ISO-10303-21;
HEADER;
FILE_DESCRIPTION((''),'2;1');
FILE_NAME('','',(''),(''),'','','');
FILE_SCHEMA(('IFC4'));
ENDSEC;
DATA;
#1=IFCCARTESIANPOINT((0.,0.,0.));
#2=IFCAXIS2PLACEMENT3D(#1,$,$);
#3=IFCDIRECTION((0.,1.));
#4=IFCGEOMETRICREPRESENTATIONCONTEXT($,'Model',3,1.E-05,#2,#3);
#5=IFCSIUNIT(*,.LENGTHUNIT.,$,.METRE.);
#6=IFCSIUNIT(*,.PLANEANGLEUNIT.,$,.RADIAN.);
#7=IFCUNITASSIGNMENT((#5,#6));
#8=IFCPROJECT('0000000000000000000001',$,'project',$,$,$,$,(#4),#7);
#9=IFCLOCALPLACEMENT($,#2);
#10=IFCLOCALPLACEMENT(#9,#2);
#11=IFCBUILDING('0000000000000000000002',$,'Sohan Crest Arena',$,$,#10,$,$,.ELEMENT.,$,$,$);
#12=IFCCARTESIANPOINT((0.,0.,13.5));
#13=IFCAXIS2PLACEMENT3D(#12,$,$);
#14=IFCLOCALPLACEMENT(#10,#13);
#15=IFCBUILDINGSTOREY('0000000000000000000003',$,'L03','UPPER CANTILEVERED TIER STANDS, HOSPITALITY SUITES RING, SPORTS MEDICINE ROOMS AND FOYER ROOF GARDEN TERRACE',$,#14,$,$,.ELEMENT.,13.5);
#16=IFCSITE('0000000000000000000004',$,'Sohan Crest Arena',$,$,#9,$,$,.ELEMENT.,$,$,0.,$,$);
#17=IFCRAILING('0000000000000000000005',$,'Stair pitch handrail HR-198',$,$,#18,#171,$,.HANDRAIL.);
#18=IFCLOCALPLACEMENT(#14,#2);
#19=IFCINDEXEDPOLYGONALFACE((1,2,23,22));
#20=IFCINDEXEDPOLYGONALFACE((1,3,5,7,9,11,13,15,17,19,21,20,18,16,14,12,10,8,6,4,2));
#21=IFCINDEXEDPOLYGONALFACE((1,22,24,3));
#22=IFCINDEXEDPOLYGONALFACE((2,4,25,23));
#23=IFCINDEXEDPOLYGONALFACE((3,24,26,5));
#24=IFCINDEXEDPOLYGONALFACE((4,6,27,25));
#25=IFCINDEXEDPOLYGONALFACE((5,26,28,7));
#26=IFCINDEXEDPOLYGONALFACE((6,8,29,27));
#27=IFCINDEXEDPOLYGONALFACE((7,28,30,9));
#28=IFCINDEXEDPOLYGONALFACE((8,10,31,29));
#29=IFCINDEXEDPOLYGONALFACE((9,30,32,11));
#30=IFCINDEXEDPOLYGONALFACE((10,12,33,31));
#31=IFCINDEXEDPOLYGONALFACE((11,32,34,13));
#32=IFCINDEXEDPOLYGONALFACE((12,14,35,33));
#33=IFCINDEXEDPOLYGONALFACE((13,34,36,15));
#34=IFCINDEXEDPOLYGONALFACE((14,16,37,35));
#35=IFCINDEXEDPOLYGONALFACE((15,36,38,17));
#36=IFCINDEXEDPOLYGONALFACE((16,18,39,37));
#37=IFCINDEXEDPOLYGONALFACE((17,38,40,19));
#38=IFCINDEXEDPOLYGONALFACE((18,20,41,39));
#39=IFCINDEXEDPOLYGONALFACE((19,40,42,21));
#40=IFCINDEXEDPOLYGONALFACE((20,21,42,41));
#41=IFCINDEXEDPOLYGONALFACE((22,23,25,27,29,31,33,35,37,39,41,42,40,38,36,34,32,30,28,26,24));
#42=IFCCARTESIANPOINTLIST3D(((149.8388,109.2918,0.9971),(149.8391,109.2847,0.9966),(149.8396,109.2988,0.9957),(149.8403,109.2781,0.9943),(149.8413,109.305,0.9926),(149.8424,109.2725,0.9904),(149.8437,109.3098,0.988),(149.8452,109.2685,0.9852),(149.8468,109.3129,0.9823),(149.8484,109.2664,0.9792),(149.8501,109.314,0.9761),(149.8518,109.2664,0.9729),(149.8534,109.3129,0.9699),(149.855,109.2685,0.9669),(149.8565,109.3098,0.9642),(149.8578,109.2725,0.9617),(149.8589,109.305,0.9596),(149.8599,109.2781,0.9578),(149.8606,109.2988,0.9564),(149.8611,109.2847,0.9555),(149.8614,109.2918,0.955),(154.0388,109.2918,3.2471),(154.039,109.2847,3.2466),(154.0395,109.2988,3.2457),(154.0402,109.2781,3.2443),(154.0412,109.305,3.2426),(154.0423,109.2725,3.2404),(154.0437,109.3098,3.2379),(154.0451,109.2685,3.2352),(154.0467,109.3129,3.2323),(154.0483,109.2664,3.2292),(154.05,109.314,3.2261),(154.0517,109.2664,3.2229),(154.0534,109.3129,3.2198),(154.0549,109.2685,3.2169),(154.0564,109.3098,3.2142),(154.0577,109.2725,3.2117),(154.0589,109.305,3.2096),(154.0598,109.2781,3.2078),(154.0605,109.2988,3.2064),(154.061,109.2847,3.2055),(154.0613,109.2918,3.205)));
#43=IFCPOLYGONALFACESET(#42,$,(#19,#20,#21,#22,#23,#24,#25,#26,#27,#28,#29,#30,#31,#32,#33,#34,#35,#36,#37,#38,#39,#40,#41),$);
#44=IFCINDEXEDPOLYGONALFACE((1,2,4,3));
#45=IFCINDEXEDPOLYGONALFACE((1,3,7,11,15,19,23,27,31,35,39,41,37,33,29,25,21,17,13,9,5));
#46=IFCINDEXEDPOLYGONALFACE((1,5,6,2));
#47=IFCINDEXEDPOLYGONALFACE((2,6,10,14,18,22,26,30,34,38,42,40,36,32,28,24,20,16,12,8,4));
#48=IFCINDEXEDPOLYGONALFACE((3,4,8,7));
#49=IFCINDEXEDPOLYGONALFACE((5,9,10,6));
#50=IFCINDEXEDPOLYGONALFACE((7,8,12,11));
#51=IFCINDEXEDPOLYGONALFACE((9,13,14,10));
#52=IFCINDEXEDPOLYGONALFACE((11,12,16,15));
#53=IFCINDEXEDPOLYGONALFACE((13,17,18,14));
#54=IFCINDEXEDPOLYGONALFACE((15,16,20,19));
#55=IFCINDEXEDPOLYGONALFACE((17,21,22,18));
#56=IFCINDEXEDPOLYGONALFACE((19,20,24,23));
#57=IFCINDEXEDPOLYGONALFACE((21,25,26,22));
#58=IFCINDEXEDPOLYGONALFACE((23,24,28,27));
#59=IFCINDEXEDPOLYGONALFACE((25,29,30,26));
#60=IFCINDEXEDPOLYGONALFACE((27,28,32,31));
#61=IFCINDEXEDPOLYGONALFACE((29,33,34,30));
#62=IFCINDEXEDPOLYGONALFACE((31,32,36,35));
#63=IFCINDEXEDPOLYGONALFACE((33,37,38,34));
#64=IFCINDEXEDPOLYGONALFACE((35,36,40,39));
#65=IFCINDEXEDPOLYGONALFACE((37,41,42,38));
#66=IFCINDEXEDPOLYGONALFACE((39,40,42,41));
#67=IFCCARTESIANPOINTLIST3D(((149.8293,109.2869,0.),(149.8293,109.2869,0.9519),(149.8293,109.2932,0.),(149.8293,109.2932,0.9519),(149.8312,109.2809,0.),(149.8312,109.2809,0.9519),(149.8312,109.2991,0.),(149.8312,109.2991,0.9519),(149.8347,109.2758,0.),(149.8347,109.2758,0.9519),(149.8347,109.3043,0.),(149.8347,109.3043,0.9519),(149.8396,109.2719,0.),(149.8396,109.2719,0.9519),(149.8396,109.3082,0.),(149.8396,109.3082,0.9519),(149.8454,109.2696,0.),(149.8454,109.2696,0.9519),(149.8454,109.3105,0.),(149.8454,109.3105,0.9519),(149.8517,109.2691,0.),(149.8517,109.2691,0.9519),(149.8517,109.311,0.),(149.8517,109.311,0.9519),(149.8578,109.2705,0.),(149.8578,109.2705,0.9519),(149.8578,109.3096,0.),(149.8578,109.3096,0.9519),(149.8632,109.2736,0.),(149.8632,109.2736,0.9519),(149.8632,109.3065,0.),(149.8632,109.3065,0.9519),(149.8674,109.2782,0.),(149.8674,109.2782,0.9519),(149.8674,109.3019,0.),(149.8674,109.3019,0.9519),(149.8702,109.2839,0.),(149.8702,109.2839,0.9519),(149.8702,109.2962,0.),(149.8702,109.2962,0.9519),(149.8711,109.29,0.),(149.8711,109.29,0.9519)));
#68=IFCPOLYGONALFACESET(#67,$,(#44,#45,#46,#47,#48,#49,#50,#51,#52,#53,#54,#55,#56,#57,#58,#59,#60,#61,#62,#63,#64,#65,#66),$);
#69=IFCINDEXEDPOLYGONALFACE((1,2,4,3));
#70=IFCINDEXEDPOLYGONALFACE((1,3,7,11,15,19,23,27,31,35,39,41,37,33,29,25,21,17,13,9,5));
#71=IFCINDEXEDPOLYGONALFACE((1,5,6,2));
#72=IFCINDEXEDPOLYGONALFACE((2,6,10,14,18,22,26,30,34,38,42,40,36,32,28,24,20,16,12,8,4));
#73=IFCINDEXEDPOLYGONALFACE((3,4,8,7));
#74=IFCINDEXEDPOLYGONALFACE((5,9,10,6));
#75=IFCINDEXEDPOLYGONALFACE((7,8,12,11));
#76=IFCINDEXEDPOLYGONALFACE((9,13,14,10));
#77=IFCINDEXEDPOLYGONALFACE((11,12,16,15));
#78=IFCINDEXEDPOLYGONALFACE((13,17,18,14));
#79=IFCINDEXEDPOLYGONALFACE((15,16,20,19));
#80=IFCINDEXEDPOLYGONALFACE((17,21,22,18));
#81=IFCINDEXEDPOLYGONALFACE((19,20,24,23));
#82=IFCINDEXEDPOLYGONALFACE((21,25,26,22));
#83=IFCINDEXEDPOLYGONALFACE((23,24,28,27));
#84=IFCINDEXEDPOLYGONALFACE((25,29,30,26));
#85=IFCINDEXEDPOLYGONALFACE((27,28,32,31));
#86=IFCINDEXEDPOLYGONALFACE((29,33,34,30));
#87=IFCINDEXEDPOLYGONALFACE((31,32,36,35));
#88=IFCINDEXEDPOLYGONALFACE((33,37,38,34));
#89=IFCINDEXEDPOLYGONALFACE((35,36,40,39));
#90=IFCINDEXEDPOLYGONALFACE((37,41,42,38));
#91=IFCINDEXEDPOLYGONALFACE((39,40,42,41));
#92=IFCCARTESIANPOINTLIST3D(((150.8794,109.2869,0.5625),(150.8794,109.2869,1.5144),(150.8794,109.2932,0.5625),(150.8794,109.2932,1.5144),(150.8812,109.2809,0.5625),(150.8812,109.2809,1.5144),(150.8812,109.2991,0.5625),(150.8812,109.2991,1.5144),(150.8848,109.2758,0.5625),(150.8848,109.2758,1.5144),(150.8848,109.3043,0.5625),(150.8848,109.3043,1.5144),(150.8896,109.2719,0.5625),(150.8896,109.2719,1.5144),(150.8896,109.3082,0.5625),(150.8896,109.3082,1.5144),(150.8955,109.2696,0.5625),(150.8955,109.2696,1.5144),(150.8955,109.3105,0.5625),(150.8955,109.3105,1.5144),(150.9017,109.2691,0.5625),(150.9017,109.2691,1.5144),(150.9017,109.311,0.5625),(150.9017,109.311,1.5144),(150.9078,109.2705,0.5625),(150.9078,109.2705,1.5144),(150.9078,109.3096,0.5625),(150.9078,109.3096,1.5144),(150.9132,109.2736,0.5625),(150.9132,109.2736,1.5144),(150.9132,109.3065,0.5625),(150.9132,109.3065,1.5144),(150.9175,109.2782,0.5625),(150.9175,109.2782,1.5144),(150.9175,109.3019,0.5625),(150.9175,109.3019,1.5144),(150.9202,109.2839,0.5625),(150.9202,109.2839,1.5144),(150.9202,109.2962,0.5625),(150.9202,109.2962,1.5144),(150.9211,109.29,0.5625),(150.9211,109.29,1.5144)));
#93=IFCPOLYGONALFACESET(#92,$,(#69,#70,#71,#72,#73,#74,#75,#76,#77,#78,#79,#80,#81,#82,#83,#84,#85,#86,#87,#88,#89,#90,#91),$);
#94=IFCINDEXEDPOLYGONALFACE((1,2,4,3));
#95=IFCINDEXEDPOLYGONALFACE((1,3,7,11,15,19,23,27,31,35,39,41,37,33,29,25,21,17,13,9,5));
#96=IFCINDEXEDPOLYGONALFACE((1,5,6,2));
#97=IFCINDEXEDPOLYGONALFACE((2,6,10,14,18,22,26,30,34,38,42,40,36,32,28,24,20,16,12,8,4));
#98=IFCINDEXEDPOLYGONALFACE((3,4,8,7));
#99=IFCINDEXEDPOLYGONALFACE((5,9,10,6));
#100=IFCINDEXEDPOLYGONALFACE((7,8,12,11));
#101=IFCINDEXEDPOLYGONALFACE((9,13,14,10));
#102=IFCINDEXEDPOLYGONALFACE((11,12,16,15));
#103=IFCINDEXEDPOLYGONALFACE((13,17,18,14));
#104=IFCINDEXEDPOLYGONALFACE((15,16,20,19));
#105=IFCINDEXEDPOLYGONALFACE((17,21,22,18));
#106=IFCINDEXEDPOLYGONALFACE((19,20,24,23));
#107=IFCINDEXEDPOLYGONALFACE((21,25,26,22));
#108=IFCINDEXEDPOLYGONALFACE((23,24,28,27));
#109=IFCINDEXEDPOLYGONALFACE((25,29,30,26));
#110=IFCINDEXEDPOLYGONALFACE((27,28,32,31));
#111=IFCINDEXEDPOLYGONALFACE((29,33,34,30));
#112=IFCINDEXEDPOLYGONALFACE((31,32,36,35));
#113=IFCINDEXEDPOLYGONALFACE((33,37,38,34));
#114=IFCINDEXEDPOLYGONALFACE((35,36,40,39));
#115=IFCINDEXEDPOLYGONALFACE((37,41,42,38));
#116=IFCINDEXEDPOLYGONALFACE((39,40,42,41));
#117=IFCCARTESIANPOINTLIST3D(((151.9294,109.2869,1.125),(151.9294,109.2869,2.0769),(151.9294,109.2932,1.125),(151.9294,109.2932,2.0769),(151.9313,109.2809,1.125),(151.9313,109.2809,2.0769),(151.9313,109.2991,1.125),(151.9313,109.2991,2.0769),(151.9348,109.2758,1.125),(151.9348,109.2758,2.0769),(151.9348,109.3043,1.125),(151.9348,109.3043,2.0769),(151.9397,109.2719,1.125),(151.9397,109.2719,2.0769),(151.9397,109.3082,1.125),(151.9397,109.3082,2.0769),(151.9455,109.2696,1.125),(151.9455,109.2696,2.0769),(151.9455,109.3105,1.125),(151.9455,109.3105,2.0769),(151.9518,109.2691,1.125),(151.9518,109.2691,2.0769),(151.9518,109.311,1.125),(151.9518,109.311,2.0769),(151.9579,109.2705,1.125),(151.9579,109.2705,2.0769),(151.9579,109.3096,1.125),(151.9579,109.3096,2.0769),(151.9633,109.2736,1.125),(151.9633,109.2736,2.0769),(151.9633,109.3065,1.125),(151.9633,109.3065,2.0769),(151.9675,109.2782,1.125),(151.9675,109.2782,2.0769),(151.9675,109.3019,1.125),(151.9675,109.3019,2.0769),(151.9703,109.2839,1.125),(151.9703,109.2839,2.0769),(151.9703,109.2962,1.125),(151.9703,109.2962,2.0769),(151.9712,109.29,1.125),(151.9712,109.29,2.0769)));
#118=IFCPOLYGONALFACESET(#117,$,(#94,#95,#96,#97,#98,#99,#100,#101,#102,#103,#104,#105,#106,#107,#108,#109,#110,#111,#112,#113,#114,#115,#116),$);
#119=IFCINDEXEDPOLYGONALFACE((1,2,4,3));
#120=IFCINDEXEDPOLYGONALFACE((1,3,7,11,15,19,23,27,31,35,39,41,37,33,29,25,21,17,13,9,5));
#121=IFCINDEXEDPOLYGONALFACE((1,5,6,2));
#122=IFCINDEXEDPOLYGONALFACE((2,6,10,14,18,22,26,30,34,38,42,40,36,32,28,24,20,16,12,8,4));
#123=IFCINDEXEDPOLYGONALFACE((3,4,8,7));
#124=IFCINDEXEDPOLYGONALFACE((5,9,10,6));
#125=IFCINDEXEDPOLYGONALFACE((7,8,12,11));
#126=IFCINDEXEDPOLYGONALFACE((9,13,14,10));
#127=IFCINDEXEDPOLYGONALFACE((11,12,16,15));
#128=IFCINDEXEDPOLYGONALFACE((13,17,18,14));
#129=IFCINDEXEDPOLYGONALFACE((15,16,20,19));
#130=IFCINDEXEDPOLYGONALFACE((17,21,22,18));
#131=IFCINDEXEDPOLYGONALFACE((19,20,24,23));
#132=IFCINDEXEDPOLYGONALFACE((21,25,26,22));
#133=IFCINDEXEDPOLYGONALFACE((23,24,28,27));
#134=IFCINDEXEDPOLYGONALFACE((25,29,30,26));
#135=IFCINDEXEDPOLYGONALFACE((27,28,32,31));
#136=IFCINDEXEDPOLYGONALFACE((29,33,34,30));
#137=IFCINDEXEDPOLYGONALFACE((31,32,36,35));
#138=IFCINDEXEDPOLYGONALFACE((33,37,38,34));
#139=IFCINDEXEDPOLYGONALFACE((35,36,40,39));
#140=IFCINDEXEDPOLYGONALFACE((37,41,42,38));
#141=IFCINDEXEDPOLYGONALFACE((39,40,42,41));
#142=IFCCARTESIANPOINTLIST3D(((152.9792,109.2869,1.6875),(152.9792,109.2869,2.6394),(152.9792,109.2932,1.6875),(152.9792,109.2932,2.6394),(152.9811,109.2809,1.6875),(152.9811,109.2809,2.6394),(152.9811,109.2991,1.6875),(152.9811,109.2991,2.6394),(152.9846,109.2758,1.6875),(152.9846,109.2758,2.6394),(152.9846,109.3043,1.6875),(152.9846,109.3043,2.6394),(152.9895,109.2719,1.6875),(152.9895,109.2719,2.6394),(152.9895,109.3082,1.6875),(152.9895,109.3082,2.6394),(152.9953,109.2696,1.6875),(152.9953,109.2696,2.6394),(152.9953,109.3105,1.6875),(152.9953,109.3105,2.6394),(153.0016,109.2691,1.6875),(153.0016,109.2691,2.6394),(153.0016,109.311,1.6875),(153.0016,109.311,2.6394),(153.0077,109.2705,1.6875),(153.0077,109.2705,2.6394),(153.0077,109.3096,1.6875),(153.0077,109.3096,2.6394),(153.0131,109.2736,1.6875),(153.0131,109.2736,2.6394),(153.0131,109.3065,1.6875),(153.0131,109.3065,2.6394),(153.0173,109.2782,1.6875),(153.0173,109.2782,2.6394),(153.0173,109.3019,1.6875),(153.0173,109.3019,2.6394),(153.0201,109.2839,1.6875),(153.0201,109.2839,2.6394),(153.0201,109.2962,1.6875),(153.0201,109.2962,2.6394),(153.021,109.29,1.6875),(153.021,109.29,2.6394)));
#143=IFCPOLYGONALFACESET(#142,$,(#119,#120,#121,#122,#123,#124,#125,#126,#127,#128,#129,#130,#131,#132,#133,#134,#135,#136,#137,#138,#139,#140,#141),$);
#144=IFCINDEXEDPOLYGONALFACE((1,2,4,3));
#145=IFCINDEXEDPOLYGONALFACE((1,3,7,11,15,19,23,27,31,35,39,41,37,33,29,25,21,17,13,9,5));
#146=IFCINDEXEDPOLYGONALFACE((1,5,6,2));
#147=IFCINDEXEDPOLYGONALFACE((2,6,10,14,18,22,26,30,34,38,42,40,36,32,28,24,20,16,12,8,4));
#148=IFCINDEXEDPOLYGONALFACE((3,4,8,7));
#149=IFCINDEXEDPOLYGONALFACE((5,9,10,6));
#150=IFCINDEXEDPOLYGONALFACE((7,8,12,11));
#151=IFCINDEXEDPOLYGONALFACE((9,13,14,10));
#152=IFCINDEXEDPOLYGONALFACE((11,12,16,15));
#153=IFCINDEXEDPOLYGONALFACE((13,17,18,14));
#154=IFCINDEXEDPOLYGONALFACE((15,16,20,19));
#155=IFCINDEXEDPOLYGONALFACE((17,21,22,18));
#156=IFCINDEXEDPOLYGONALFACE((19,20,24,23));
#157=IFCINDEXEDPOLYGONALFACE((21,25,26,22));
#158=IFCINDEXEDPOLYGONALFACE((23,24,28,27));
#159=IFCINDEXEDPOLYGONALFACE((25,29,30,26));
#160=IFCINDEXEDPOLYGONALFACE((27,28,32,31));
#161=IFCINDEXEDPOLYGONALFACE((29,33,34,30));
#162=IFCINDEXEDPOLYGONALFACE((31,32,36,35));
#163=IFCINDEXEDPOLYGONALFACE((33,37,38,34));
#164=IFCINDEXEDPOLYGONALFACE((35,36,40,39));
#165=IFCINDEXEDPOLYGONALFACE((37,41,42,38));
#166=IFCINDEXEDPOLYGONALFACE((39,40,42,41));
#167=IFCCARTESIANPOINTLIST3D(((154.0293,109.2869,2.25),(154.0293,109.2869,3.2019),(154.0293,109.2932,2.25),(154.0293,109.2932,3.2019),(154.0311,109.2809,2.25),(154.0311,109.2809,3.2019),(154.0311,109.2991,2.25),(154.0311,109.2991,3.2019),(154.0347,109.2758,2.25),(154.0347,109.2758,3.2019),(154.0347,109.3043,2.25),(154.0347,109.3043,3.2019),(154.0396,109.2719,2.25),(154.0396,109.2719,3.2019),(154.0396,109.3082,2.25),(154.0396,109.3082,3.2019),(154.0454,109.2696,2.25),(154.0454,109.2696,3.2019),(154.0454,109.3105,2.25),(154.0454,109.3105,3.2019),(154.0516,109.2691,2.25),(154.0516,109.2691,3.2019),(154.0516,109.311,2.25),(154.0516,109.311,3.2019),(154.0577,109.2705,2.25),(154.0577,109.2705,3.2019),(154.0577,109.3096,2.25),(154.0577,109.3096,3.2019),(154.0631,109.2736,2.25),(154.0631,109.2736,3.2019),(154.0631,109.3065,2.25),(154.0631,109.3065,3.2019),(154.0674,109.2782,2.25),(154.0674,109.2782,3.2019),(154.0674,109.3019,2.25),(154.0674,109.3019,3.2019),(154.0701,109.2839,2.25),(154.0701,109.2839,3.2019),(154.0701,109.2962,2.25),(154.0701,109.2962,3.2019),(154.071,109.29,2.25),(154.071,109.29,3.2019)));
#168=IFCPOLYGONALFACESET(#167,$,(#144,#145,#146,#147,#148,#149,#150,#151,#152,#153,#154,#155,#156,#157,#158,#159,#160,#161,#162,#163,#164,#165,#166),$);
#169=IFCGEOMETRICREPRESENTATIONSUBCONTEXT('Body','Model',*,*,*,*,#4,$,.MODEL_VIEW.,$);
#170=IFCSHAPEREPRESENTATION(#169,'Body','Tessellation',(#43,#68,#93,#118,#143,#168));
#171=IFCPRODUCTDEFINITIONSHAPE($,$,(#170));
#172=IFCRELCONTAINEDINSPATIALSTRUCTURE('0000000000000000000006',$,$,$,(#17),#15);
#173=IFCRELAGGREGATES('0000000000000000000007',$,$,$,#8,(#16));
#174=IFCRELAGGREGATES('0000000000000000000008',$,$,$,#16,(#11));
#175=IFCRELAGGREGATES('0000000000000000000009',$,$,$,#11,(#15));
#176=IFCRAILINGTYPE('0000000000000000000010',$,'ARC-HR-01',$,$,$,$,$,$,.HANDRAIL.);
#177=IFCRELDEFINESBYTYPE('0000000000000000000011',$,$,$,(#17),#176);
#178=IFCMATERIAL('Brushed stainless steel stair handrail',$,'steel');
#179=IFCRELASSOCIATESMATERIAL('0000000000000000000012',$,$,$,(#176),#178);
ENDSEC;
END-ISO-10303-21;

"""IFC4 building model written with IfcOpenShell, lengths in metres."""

from ifc_helpers import new_model, si_unit, direction, frame, origin, origin_2d, place, context, subcontext, project, spatial, circle, extrude, material, type_object, element, save


model = new_model("IFC4")

# Units and contexts
model_context = context("Model", 3, precision=1e-05, world=origin(), true_north=direction((0.0, 1.0)))
body_context = subcontext(model_context, "Body", "Model", "MODEL_VIEW")
ifc_project = project(units=[si_unit("LENGTHUNIT", "METRE"), si_unit("PLANEANGLEUNIT", "RADIAN")], contexts=[model_context])

# Site, building, storey
site_placement = place(None, origin())
site = spatial("IfcSite", under=ifc_project, at=site_placement, Name="Sohan Crest Arena", CompositionType="ELEMENT", RefElevation=0.0)
building_placement = place(site_placement, origin())
building = spatial("IfcBuilding", under=site, at=building_placement, Name="Sohan Crest Arena", CompositionType="ELEMENT")
storey_placement = place(building_placement, frame((0.0, 0.0, 13.5)))
storey = spatial("IfcBuildingStorey", under=building, at=storey_placement, Name="L03", Description="UPPER CANTILEVERED TIER STANDS, HOSPITALITY SUITES RING, SPORTS MEDICINE ROOMS AND FOYER ROOF GARDEN TERRACE", CompositionType="ELEMENT", Elevation=13.5)

# Railing
ifc_material_1 = material(Name="Brushed stainless steel stair handrail", Category="steel")
railing_type = type_object("IfcRailingType", Name="ARC-HR-01", PredefinedType="HANDRAIL", material=ifc_material_1)
for number, where, name in (
    (1, (149.8501, 109.29, 0.0), "Stair pitch handrail HR-198"),
):
    element("IfcRailing", number, at=place(storey_placement, frame(where)), inside=storey, type_object=railing_type, Name=name, PredefinedType="HANDRAIL", context=body_context, shape_type="SweptSolid", body=[
        extrude(circle(Radius=0.0239, at=origin_2d()), frame((0.0, 0.0, 0.9761), z_axis=(0.881478, 0.0, 0.472226), x_axis=(0.0, 1.0, 0.0)), (0.0, 0.0, 1.0), 4.7646),
        extrude(circle(Radius=0.021, at=origin_2d()), origin(), (0.0, 0.0, 1.0), 0.9519),
        extrude(circle(Radius=0.021, at=origin_2d()), frame((1.05, 0.0, 0.5625)), (0.0, 0.0, 1.0), 0.9519),
        extrude(circle(Radius=0.021, at=origin_2d()), frame((2.1001, 0.0, 1.125)), (0.0, 0.0, 1.0), 0.9519),
        extrude(circle(Radius=0.021, at=origin_2d()), frame((3.1499, 0.0, 1.6875)), (0.0, 0.0, 1.0), 0.9519),
        extrude(circle(Radius=0.021, at=origin_2d()), frame((4.2, 0.0, 2.25)), (0.0, 0.0, 1.0), 0.9519),
    ])

save(model, "model.ifc")
